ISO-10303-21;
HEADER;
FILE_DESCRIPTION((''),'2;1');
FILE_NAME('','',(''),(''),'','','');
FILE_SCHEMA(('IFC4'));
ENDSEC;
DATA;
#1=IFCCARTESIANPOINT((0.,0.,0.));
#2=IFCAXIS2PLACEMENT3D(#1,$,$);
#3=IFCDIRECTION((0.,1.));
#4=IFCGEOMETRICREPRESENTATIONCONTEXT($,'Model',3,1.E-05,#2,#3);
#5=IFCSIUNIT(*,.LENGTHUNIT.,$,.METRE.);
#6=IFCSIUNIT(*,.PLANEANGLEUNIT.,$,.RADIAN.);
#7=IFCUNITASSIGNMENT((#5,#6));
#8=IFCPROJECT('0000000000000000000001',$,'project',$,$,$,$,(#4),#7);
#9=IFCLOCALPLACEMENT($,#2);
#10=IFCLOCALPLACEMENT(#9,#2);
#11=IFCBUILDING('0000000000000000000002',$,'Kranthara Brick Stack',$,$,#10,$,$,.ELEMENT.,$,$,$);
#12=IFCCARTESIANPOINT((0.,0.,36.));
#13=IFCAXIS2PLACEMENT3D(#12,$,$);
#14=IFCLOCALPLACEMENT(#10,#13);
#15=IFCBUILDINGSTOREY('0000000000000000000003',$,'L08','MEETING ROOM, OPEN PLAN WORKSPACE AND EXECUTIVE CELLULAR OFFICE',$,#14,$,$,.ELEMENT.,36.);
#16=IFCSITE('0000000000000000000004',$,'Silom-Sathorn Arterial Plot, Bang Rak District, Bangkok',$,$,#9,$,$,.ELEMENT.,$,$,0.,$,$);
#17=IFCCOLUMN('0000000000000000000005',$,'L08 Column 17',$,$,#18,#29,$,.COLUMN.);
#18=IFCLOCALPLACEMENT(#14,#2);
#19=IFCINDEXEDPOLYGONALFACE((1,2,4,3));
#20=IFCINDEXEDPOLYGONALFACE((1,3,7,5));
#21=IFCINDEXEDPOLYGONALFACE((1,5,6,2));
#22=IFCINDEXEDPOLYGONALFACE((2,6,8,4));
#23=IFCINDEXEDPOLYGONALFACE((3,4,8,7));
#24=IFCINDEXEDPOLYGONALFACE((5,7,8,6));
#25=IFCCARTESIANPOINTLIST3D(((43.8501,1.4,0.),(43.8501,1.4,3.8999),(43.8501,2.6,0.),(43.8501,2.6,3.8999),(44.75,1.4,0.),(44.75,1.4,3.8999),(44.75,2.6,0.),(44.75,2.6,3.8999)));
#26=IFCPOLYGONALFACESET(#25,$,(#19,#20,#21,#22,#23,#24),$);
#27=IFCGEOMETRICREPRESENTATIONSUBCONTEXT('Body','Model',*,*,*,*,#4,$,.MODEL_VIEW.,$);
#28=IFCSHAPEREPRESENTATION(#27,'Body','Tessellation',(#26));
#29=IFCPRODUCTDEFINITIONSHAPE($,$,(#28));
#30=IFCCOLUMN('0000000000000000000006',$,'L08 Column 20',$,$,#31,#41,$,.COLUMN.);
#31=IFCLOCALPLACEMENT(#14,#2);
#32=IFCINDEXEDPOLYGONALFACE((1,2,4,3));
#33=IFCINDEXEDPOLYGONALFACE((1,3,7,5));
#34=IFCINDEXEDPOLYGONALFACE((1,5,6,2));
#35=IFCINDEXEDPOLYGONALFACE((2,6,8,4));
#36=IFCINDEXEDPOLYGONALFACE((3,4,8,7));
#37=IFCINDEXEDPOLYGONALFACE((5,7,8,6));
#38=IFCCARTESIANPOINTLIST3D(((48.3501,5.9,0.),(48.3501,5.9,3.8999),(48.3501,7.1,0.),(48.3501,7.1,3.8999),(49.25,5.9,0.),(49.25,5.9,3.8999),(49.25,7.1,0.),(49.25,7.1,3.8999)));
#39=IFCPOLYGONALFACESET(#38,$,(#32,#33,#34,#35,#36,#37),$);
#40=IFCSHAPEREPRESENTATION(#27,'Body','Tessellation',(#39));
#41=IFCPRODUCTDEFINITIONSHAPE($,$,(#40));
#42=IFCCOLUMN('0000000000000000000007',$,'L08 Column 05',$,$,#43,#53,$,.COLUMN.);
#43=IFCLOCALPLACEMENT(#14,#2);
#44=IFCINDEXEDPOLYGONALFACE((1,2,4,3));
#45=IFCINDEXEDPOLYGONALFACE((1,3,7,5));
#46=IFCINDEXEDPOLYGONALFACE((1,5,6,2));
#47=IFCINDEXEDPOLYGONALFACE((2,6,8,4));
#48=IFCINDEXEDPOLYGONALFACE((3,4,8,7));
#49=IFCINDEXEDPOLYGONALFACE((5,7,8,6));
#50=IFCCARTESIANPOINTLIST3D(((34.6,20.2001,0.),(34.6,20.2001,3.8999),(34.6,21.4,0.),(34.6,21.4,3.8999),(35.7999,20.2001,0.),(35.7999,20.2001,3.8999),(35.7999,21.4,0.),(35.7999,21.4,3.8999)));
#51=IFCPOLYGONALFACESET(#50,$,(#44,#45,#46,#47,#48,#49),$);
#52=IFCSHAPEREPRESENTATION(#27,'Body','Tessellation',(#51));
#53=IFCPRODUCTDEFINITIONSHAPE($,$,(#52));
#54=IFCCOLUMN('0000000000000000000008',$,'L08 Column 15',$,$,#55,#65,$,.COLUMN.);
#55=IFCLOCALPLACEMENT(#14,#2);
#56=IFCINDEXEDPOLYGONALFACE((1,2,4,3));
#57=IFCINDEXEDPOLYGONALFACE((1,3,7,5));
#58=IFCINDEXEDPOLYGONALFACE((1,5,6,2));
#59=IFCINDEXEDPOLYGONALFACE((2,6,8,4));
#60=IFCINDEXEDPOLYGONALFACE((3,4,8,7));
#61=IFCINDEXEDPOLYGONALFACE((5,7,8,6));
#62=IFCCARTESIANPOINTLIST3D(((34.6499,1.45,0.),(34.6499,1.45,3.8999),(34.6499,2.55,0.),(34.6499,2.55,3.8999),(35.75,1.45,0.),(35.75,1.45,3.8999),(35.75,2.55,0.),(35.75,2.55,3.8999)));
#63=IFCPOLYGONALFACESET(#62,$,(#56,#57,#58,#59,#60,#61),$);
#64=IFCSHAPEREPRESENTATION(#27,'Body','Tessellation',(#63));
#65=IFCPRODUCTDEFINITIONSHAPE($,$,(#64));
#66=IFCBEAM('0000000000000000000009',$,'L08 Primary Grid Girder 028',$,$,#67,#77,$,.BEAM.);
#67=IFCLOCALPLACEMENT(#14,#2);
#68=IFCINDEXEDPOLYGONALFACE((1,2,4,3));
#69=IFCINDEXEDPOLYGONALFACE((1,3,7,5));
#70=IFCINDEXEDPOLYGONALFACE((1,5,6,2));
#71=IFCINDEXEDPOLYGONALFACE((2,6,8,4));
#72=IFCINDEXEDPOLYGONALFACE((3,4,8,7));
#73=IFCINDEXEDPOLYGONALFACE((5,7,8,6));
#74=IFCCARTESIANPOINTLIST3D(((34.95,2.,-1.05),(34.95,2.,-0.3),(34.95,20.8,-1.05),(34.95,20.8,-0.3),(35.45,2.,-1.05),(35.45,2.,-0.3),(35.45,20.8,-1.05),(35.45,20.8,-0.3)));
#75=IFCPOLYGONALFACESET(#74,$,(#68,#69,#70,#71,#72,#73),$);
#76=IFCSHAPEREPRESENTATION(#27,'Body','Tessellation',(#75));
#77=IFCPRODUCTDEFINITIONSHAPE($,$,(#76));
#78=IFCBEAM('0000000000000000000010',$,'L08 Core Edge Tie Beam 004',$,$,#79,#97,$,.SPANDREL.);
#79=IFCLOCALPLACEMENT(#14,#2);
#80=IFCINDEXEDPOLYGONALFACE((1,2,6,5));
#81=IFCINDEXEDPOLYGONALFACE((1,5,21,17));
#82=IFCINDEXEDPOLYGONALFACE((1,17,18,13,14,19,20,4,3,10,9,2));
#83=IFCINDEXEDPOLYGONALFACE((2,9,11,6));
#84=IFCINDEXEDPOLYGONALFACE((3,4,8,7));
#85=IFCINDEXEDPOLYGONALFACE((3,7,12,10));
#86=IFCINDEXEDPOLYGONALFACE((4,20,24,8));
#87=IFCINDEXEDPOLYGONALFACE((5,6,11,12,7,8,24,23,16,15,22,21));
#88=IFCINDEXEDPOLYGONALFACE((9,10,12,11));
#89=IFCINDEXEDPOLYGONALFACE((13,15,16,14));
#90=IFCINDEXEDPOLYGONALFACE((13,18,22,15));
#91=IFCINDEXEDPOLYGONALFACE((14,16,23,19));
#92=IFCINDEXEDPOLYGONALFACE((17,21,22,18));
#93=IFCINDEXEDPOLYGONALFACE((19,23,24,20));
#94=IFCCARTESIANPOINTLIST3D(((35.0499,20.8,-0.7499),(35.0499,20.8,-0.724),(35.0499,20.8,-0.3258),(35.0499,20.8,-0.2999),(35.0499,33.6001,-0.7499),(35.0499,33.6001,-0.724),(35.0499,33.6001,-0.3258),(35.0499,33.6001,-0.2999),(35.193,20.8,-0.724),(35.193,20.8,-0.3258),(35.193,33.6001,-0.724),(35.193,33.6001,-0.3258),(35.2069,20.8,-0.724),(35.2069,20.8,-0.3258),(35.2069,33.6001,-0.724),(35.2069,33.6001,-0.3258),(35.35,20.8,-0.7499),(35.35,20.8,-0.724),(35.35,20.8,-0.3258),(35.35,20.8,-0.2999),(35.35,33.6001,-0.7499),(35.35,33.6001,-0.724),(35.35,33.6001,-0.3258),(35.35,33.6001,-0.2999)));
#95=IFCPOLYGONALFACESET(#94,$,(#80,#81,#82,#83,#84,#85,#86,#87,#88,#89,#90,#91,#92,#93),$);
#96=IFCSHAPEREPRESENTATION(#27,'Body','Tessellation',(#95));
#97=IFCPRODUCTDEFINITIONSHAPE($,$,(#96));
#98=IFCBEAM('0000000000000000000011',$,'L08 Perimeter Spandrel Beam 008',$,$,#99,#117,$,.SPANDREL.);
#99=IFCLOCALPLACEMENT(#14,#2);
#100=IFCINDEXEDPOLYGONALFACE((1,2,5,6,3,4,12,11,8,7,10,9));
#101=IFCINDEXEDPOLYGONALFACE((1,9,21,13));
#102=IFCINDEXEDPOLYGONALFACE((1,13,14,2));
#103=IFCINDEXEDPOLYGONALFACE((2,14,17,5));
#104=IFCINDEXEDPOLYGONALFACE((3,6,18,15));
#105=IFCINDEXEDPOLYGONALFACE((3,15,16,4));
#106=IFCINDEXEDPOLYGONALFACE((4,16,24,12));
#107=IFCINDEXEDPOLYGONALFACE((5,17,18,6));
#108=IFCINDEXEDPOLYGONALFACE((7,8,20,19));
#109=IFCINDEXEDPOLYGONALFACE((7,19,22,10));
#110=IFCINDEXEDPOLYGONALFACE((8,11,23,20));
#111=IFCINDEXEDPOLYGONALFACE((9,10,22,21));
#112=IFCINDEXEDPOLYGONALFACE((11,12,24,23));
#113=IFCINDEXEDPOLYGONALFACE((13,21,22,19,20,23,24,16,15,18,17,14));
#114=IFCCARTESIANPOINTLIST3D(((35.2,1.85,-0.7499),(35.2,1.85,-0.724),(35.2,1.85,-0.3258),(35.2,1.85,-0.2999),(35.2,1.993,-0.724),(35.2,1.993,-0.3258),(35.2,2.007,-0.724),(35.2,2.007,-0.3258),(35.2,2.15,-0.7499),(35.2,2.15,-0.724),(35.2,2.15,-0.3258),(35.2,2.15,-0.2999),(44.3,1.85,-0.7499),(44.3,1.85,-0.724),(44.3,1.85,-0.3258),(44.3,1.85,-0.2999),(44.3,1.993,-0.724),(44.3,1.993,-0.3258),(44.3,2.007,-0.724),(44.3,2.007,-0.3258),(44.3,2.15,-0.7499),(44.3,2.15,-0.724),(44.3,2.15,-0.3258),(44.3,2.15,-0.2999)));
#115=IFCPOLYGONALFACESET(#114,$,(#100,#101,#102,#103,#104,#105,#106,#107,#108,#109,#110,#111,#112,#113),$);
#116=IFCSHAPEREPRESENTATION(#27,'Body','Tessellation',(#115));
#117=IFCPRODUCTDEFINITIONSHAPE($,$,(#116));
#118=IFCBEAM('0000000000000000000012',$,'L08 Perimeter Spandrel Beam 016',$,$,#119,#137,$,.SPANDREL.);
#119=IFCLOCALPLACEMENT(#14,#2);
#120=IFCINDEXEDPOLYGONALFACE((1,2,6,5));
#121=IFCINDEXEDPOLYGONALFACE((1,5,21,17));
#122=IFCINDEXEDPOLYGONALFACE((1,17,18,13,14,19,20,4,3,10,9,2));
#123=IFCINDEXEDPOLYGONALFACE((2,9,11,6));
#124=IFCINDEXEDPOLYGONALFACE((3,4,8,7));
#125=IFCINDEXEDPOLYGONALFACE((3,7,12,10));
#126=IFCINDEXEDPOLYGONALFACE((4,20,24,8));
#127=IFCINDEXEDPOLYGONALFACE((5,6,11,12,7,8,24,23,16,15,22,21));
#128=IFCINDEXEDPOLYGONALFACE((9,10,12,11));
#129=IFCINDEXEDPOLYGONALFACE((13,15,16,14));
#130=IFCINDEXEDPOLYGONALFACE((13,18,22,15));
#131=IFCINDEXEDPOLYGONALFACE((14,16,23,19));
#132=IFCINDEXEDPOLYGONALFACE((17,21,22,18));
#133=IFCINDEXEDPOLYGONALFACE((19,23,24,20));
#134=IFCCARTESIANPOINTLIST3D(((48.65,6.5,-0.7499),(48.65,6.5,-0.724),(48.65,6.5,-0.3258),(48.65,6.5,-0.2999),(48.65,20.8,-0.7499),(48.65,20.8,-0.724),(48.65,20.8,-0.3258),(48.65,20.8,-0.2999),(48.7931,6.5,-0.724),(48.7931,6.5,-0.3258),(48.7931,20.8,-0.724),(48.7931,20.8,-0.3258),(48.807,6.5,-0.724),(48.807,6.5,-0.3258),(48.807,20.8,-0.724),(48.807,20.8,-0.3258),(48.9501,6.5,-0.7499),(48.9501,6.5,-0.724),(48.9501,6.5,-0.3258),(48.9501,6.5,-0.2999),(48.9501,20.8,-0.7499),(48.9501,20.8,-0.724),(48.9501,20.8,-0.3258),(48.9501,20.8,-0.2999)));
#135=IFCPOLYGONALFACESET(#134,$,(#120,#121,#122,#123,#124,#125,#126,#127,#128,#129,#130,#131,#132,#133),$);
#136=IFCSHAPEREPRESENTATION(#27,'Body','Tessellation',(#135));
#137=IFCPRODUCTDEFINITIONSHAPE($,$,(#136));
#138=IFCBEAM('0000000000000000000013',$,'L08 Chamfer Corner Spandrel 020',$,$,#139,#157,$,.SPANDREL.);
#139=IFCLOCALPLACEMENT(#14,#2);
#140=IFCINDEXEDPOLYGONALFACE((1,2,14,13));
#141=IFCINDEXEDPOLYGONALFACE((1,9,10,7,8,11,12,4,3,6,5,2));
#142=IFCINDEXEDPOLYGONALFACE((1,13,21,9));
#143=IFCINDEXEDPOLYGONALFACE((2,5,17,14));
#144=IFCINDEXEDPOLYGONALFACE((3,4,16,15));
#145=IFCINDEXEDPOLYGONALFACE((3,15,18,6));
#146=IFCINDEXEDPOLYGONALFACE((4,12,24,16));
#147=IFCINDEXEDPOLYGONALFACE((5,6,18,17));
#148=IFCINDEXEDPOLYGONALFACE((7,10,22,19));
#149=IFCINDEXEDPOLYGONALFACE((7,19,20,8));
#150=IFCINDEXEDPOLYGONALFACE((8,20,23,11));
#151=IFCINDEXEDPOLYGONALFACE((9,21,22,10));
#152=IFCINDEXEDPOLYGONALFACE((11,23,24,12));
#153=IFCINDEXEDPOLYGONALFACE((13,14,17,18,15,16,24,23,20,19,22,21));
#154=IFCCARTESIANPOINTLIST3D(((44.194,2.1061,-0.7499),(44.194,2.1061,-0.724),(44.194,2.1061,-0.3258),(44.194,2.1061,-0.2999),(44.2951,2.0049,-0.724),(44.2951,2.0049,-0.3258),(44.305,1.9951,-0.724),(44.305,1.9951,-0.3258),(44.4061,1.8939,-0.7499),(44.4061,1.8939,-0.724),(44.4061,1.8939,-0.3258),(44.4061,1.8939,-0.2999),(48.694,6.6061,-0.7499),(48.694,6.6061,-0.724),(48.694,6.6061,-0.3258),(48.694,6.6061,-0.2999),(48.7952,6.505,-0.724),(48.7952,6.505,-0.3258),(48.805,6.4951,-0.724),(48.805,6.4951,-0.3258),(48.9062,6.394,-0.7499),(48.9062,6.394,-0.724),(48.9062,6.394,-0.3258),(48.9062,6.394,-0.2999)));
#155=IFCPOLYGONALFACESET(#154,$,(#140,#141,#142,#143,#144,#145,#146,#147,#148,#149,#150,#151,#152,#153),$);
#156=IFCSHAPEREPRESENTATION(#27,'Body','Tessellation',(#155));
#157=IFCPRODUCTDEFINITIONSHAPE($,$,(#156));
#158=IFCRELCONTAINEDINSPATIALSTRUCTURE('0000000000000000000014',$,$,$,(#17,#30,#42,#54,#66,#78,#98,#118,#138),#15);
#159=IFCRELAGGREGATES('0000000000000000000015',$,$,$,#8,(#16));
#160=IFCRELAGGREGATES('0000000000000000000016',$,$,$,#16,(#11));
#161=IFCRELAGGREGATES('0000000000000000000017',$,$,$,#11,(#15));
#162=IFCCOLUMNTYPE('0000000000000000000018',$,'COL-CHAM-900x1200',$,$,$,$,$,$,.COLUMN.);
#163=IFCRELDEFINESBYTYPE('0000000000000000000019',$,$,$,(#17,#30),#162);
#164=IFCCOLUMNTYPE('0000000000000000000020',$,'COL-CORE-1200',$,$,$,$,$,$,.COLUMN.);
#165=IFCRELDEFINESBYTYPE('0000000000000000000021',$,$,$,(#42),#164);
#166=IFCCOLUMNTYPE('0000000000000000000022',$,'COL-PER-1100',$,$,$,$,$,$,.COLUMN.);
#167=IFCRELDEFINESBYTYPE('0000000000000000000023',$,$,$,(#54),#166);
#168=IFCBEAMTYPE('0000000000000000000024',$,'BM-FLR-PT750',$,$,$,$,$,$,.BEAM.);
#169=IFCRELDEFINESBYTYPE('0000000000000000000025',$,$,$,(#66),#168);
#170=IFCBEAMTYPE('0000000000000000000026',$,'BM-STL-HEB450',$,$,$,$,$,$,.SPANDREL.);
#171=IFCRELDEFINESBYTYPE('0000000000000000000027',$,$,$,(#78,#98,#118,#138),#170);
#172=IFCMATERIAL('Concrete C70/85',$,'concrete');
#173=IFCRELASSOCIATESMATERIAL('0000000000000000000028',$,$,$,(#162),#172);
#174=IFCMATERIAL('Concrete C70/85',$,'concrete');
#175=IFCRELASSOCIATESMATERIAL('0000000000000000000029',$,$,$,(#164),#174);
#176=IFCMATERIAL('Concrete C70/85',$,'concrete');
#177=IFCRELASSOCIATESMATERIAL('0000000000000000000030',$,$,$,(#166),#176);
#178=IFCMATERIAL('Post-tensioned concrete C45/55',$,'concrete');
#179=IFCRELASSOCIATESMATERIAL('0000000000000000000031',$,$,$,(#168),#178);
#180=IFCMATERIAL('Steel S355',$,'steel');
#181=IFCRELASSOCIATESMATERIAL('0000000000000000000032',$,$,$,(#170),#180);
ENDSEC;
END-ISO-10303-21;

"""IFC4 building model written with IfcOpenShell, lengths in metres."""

from ifc_helpers import new_model, si_unit, direction, frame, origin, origin_2d, place, context, subcontext, project, spatial, rectangle, i_section, extrude, material, material_profile, profile_set, type_object, element, save


model = new_model("IFC4")

# Units and contexts
model_context = context("Model", 3, precision=1e-05, world=origin(), true_north=direction((0.0, 1.0)))
body_context = subcontext(model_context, "Body", "Model", "MODEL_VIEW")
ifc_project = project(units=[si_unit("LENGTHUNIT", "METRE"), si_unit("PLANEANGLEUNIT", "RADIAN")], contexts=[model_context])

# Site, building, storey
site_placement = place(None, origin())
site = spatial("IfcSite", under=ifc_project, at=site_placement, Name="Silom-Sathorn Arterial Plot, Bang Rak District, Bangkok", CompositionType="ELEMENT", RefElevation=0.0)
building_placement = place(site_placement, origin())
building = spatial("IfcBuilding", under=site, at=building_placement, Name="Kranthara Brick Stack", CompositionType="ELEMENT")
storey_placement = place(building_placement, frame((0.0, 0.0, 36.0)))
storey = spatial("IfcBuildingStorey", under=building, at=storey_placement, Name="L08", Description="MEETING ROOM, OPEN PLAN WORKSPACE AND EXECUTIVE CELLULAR OFFICE", CompositionType="ELEMENT", Elevation=36.0)

# Columns
ifc_material_1 = material(Name="Concrete C70/85", Category="concrete")
ifc_material_profile_1 = material_profile(ifc_material_1, rectangle(XDim=0.8999, YDim=1.2, at=origin_2d()), Name="RC 900x1200")
ifc_profile_set_1 = profile_set([ifc_material_profile_1], Name="Concrete C70/85")
column_type_1 = type_object("IfcColumnType", Name="COL-CHAM-900x1200", PredefinedType="COLUMN", material=ifc_profile_set_1)
for number, where, z_axis, x_axis, name in (
    (1, (44.3, 2.0, 0.0), (0.0, 0.0, 1.0), (1.0, 0.0, 0.0), "L08 Column 17"),
    (2, (48.8, 6.5, 0.0), (0.0, 0.0, 1.0), (1.0, 0.0, 0.0), "L08 Column 20"),
):
    element("IfcColumn", number, at=place(storey_placement, frame(where, z_axis=z_axis, x_axis=x_axis)), inside=storey, type_object=column_type_1, Name=name, PredefinedType="COLUMN", context=body_context, shape_type="SweptSolid", body=[
        extrude(rectangle(XDim=0.8999, YDim=1.2, at=origin_2d()), origin(), (0.0, 0.0, 1.0), 3.8999),
    ])
ifc_material_2 = material(Name="Concrete C70/85", Category="concrete")
ifc_material_profile_2 = material_profile(ifc_material_2, rectangle(XDim=1.2, YDim=1.2, at=origin_2d()), Name="RC 1200x1200")
ifc_profile_set_2 = profile_set([ifc_material_profile_2], Name="Concrete C70/85")
column_type_2 = type_object("IfcColumnType", Name="COL-CORE-1200", PredefinedType="COLUMN", material=ifc_profile_set_2)
column_1_placement = place(storey_placement, frame((35.2, 20.8, 0.0), z_axis=(0.0, 0.0, 1.0), x_axis=(1.0, 0.0, 0.0)))
element("IfcColumn", 3, at=column_1_placement, inside=storey, type_object=column_type_2, Name="L08 Column 05", PredefinedType="COLUMN", context=body_context, shape_type="SweptSolid", body=[
    extrude(rectangle(XDim=1.2, YDim=1.2, at=origin_2d()), origin(), (0.0, 0.0, 1.0), 3.8999),
])
ifc_material_3 = material(Name="Concrete C70/85", Category="concrete")
ifc_material_profile_3 = material_profile(ifc_material_3, rectangle(XDim=1.1001, YDim=1.1001, at=origin_2d()), Name="RC 1100x1100")
ifc_profile_set_3 = profile_set([ifc_material_profile_3], Name="Concrete C70/85")
column_type_3 = type_object("IfcColumnType", Name="COL-PER-1100", PredefinedType="COLUMN", material=ifc_profile_set_3)
column_2_placement = place(storey_placement, frame((35.2, 2.0, 0.0), z_axis=(0.0, 0.0, 1.0), x_axis=(1.0, 0.0, 0.0)))
element("IfcColumn", 4, at=column_2_placement, inside=storey, type_object=column_type_3, Name="L08 Column 15", PredefinedType="COLUMN", context=body_context, shape_type="SweptSolid", body=[
    extrude(rectangle(XDim=1.1001, YDim=1.1001, at=origin_2d()), origin(), (0.0, 0.0, 1.0), 3.8999),
])

# Beams
ifc_material_4 = material(Name="Post-tensioned concrete C45/55", Category="concrete")
ifc_material_profile_4 = material_profile(ifc_material_4, rectangle(XDim=0.5, YDim=0.75, at=origin_2d()), Name="PT 500x750")
ifc_profile_set_4 = profile_set([ifc_material_profile_4], Name="Post-tensioned concrete C45/55")
beam_type_1 = type_object("IfcBeamType", Name="BM-FLR-PT750", PredefinedType="BEAM", material=ifc_profile_set_4)
beam_1_placement = place(storey_placement, frame((35.2, 2.0, -0.675), z_axis=(0.0, 1.0, 0.0), x_axis=(-1.0, 0.0, 0.0)))
element("IfcBeam", 5, at=beam_1_placement, inside=storey, type_object=beam_type_1, Name="L08 Primary Grid Girder 028", PredefinedType="BEAM", context=body_context, shape_type="SweptSolid", body=[
    extrude(rectangle(XDim=0.5, YDim=0.75, at=origin_2d()), origin(), (0.0, 0.0, 1.0), 18.8),
])
ifc_material_5 = material(Name="Steel S355", Category="steel")
ifc_material_profile_5 = material_profile(ifc_material_5, i_section(OverallWidth=0.3, OverallDepth=0.45, WebThickness=0.0139, FlangeThickness=0.0259, at=origin_2d()), Name="HEB 450")
ifc_profile_set_5 = profile_set([ifc_material_profile_5], Name="Steel S355")
beam_type_2 = type_object("IfcBeamType", Name="BM-STL-HEB450", PredefinedType="SPANDREL", material=ifc_profile_set_5)
beam_2_placement = place(storey_placement, frame((35.2, 20.8, -0.5249), z_axis=(0.0, 1.0, 0.0), x_axis=(-1.0, 0.0, 0.0)))
element("IfcBeam", 6, at=beam_2_placement, inside=storey, type_object=beam_type_2, Name="L08 Core Edge Tie Beam 004", PredefinedType="SPANDREL", context=body_context, shape_type="SweptSolid", body=[
    extrude(i_section(OverallWidth=0.3, OverallDepth=0.45, WebThickness=0.0139, FlangeThickness=0.0259, at=origin_2d()), origin(), (0.0, 0.0, 1.0), 12.8),
])
beam_3_placement = place(storey_placement, frame((35.2, 2.0, -0.5249), z_axis=(1.0, 0.0, 0.0), x_axis=(0.0, 1.0, 0.0)))
element("IfcBeam", 7, at=beam_3_placement, inside=storey, type_object=beam_type_2, Name="L08 Perimeter Spandrel Beam 008", PredefinedType="SPANDREL", context=body_context, shape_type="SweptSolid", body=[
    extrude(i_section(OverallWidth=0.3, OverallDepth=0.45, WebThickness=0.0139, FlangeThickness=0.0259, at=origin_2d()), origin(), (0.0, 0.0, 1.0), 9.1001),
])
beam_4_placement = place(storey_placement, frame((48.8, 6.5, -0.5249), z_axis=(0.0, 1.0, 0.0), x_axis=(-1.0, 0.0, 0.0)))
element("IfcBeam", 8, at=beam_4_placement, inside=storey, type_object=beam_type_2, Name="L08 Perimeter Spandrel Beam 016", PredefinedType="SPANDREL", context=body_context, shape_type="SweptSolid", body=[
    extrude(i_section(OverallWidth=0.3, OverallDepth=0.45, WebThickness=0.0139, FlangeThickness=0.0259, at=origin_2d()), origin(), (0.0, 0.0, 1.0), 14.3),
])
beam_5_placement = place(storey_placement, frame((44.3, 2.0, -0.5249), z_axis=(0.707107, 0.707107, 0.0), x_axis=(-0.707107, 0.707107, 0.0)))
element("IfcBeam", 9, at=beam_5_placement, inside=storey, type_object=beam_type_2, Name="L08 Chamfer Corner Spandrel 020", PredefinedType="SPANDREL", context=body_context, shape_type="SweptSolid", body=[
    extrude(i_section(OverallWidth=0.3, OverallDepth=0.45, WebThickness=0.0139, FlangeThickness=0.0259, at=origin_2d()), origin(), (0.0, 0.0, 1.0), 6.364),
])

save(model, "model.ifc")
